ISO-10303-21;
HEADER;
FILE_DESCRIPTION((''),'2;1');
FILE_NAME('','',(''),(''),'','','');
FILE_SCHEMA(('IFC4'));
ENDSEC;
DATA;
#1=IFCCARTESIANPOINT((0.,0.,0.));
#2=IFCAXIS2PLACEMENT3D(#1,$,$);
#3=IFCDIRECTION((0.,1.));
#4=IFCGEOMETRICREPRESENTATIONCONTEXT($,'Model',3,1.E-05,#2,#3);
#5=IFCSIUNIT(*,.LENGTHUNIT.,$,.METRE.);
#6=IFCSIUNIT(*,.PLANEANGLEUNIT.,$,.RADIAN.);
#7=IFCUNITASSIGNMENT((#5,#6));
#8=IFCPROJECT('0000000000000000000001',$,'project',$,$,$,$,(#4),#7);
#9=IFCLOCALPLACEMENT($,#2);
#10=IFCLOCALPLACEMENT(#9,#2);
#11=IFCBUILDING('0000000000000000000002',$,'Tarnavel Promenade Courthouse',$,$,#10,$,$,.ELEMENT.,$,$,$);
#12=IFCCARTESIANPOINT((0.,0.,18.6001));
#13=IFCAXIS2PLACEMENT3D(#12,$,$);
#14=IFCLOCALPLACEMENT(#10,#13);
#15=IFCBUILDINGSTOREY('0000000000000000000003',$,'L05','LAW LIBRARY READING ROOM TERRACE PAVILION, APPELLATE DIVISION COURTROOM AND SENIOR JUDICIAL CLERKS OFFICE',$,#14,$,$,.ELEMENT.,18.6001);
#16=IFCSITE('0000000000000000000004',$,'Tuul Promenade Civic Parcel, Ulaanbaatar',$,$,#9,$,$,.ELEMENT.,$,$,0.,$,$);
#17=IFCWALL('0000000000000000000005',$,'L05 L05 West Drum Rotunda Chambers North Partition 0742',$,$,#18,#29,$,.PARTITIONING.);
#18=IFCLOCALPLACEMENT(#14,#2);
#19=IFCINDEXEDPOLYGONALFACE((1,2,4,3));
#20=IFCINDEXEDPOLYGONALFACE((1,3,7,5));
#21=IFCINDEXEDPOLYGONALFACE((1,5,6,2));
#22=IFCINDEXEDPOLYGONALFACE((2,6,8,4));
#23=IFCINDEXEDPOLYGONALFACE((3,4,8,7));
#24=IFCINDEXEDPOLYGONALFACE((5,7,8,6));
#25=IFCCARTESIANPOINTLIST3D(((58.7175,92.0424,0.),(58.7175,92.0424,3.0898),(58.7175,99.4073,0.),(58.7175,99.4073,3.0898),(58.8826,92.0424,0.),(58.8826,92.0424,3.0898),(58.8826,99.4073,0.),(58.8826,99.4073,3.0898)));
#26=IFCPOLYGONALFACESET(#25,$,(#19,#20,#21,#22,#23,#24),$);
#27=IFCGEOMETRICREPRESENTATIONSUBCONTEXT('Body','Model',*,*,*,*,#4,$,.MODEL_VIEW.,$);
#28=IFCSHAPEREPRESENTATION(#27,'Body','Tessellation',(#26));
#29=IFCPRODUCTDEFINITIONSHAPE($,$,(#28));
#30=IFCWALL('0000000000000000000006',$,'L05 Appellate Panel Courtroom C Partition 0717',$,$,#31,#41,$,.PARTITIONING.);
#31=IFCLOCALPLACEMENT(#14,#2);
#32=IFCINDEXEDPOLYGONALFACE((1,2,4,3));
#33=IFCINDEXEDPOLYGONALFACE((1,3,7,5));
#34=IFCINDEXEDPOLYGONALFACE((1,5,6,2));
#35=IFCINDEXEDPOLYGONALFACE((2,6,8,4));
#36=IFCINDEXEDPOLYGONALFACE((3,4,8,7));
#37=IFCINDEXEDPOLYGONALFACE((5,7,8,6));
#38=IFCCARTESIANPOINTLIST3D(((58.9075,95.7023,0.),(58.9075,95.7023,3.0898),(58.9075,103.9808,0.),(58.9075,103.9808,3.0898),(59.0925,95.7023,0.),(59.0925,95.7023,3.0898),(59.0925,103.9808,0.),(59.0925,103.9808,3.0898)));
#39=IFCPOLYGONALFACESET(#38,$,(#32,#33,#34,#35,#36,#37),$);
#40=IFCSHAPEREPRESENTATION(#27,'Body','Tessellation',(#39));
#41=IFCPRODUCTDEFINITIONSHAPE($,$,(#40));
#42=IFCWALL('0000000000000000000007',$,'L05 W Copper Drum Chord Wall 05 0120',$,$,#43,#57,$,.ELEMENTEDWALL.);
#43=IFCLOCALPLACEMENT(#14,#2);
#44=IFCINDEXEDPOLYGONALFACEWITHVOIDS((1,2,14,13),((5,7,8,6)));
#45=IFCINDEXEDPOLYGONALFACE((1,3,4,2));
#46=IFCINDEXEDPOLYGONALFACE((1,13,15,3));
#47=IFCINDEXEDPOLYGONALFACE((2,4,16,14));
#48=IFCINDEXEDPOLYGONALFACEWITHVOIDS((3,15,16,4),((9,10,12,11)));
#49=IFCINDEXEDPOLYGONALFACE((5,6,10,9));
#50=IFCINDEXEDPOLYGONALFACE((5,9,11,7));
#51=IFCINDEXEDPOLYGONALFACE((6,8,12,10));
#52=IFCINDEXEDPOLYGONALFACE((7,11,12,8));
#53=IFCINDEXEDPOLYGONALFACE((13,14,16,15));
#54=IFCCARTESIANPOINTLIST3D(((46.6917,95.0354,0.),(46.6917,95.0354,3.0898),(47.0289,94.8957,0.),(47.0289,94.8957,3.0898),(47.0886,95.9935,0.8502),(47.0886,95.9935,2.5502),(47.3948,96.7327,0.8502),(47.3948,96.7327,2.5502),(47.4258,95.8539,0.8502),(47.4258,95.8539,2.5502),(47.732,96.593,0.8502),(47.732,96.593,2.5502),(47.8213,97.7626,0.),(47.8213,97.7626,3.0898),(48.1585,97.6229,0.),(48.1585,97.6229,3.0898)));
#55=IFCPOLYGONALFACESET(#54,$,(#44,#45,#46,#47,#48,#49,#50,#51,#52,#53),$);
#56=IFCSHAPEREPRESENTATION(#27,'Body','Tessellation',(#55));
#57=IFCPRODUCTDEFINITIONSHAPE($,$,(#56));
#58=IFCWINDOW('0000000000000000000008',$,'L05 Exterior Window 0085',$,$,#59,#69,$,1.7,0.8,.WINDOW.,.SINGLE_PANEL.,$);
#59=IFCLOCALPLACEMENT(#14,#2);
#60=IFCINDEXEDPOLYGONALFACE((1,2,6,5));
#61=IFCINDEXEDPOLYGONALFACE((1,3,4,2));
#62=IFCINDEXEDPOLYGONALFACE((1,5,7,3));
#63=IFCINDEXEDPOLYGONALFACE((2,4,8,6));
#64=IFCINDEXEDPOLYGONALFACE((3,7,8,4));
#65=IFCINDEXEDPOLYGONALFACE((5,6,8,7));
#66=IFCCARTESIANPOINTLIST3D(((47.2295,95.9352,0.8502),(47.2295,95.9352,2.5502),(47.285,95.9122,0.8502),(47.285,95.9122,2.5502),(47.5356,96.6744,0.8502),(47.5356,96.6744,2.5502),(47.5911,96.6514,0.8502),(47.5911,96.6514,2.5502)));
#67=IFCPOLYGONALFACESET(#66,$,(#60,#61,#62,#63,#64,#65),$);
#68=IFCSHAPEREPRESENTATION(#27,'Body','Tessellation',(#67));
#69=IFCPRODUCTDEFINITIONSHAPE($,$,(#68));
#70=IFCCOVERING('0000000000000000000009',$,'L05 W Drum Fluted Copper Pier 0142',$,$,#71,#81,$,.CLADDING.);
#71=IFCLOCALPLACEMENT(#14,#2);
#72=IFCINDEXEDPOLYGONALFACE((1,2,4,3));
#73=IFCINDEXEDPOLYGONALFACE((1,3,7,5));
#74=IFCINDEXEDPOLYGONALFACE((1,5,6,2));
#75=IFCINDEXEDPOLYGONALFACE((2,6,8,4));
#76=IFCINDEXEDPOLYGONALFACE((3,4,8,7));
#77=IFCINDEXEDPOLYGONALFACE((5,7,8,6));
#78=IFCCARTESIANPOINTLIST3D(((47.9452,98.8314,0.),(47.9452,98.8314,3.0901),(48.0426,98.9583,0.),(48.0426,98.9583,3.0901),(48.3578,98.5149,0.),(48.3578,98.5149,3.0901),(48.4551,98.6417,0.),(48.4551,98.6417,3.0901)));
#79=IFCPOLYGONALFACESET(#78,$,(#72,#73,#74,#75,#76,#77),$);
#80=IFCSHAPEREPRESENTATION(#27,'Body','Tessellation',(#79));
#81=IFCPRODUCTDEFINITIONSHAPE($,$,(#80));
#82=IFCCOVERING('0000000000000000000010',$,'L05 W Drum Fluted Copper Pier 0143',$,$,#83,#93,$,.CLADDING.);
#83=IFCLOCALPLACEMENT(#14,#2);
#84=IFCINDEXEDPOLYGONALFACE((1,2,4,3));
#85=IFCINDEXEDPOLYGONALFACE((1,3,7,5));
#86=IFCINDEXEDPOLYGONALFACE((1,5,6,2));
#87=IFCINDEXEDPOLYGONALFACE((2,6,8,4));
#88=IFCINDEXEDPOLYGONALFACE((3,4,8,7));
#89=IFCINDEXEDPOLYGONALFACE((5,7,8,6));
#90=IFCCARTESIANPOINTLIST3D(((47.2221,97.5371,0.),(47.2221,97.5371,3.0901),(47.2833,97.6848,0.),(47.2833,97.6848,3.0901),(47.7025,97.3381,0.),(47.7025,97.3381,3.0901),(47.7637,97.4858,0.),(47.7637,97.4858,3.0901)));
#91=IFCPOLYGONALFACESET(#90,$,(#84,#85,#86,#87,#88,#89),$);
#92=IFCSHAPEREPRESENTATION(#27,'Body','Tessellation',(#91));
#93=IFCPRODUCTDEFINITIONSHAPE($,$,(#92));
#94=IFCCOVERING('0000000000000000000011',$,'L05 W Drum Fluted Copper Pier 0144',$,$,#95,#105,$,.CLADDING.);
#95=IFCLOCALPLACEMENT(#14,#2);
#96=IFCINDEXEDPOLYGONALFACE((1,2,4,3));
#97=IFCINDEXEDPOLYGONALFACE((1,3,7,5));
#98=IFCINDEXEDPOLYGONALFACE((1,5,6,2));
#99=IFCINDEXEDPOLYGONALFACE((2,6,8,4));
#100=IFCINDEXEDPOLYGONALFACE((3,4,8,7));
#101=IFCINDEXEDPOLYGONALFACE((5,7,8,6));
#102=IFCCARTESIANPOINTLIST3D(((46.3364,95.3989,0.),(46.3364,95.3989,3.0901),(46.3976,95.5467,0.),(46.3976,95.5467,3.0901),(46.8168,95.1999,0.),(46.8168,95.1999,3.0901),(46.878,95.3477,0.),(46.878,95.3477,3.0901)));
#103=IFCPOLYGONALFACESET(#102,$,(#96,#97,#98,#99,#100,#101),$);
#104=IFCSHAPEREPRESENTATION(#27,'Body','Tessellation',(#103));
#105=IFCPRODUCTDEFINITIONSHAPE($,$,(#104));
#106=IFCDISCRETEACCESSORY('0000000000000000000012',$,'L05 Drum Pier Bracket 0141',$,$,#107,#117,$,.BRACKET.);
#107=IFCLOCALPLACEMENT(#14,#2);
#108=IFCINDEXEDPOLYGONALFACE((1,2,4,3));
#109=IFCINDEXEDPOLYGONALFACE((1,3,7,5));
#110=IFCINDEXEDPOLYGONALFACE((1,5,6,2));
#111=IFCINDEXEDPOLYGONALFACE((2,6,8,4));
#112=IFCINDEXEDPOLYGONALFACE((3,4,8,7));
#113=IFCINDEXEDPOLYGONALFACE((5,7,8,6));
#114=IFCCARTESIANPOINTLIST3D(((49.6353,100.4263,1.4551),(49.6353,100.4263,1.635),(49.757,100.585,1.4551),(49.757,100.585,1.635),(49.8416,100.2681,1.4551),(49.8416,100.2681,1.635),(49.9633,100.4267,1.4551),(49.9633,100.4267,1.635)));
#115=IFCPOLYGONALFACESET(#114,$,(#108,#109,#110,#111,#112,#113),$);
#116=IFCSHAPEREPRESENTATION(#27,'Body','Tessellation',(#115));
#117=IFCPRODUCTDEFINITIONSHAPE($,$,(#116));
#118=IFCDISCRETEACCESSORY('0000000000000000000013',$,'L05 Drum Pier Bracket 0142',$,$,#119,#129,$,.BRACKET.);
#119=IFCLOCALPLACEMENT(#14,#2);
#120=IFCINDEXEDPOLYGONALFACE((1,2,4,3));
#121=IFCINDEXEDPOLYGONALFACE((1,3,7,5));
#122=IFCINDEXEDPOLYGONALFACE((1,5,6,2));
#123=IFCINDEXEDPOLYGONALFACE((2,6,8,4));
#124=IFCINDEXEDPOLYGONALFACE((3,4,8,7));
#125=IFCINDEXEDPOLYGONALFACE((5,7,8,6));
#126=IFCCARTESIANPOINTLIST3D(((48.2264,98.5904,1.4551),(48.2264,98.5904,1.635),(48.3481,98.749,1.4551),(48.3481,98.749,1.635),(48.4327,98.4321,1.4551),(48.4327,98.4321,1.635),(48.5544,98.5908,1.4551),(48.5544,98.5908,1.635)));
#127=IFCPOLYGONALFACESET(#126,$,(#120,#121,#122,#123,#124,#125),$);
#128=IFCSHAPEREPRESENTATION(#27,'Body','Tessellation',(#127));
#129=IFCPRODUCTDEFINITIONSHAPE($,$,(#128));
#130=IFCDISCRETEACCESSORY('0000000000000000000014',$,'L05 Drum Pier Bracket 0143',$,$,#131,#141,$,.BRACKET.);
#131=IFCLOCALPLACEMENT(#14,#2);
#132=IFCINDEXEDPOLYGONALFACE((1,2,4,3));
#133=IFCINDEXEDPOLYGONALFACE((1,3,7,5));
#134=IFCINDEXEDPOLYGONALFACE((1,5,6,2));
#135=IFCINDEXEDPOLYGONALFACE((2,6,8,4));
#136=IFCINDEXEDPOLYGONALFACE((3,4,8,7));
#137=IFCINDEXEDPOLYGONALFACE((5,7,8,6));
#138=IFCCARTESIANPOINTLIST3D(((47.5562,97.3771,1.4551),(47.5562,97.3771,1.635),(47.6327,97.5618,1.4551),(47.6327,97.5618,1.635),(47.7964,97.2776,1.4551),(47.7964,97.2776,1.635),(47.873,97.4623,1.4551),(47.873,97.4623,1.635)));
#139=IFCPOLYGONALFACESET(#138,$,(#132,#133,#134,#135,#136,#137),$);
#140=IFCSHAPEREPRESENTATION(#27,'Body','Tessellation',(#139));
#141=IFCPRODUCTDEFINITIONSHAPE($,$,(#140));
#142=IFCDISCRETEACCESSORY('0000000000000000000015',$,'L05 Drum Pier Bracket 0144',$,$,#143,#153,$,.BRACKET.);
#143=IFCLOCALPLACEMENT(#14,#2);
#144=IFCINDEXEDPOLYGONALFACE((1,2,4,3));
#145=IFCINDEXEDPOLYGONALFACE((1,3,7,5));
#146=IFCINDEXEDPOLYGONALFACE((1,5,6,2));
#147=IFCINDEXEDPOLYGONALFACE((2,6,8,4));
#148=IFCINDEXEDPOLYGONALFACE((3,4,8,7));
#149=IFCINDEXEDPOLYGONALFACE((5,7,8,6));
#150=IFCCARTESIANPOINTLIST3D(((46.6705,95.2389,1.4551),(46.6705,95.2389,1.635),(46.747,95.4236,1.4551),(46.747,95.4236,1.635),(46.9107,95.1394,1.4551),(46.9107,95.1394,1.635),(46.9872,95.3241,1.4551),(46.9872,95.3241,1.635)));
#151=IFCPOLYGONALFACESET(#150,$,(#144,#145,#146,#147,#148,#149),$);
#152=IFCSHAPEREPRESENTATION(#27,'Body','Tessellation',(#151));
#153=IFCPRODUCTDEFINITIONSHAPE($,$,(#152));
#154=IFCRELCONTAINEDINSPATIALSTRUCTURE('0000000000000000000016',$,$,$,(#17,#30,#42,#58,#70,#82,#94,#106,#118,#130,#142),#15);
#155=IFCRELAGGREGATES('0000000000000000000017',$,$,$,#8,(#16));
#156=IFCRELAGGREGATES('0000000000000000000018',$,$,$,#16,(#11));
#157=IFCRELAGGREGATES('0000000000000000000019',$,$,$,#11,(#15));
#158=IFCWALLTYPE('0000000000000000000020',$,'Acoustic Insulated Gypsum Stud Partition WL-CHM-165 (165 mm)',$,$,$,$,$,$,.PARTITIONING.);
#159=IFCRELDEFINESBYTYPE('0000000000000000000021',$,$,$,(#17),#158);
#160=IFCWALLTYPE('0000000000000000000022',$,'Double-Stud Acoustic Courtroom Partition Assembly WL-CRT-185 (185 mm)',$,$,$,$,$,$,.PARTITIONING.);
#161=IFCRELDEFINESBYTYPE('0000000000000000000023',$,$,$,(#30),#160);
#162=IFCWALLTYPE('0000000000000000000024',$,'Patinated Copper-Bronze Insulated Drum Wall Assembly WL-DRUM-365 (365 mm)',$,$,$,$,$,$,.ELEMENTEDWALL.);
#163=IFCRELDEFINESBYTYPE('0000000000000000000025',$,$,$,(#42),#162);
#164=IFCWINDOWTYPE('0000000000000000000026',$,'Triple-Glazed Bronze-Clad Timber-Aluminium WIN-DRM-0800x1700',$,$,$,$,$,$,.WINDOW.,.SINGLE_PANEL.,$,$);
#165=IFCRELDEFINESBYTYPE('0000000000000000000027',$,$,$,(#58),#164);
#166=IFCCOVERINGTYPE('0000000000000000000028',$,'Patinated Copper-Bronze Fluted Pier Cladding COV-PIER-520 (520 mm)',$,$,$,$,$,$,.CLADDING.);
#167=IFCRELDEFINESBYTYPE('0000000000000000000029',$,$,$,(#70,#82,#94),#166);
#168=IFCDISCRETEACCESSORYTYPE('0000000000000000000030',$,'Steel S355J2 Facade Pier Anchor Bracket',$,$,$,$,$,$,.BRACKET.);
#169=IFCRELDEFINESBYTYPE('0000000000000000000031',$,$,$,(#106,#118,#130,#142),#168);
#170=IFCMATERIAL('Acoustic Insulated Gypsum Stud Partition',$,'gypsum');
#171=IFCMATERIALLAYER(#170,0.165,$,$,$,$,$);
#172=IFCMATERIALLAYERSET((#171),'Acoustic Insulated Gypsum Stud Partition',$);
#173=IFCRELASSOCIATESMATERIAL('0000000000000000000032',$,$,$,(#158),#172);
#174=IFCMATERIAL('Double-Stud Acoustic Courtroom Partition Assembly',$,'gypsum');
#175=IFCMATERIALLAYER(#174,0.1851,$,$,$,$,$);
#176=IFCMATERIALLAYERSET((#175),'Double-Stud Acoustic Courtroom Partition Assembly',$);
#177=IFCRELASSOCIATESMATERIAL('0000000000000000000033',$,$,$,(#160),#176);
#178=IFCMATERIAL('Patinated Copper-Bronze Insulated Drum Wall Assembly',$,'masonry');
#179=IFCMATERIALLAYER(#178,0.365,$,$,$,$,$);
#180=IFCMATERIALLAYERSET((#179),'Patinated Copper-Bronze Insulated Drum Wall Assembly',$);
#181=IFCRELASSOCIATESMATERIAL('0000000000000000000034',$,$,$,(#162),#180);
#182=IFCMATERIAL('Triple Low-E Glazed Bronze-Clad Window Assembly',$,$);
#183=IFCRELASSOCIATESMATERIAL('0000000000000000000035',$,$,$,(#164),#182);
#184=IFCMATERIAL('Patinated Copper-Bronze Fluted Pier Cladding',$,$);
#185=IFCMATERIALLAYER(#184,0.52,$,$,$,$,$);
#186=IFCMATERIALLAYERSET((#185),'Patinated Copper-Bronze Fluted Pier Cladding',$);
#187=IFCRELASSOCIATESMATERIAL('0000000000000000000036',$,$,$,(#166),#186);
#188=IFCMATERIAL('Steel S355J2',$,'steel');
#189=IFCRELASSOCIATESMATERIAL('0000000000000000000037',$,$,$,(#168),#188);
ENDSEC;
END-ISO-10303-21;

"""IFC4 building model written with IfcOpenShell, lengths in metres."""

from ifc_helpers import new_model, si_unit, direction, frame, frame_2d, origin, origin_2d, place, context, subcontext, project, spatial, rectangle, extrude, material, layer, layer_set, type_object, element, fill, save


model = new_model("IFC4")

# Units and contexts
model_context = context("Model", 3, precision=1e-05, world=origin(), true_north=direction((0.0, 1.0)))
body_context = subcontext(model_context, "Body", "Model", "MODEL_VIEW")
ifc_project = project(units=[si_unit("LENGTHUNIT", "METRE"), si_unit("PLANEANGLEUNIT", "RADIAN")], contexts=[model_context])

# Site, building, storey
site_placement = place(None, origin())
site = spatial("IfcSite", under=ifc_project, at=site_placement, Name="Tuul Promenade Civic Parcel, Ulaanbaatar", CompositionType="ELEMENT", RefElevation=0.0)
building_placement = place(site_placement, origin())
building = spatial("IfcBuilding", under=site, at=building_placement, Name="Tarnavel Promenade Courthouse", CompositionType="ELEMENT")
storey_placement = place(building_placement, frame((0.0, 0.0, 18.6001)))
storey = spatial("IfcBuildingStorey", under=building, at=storey_placement, Name="L05", Description="LAW LIBRARY READING ROOM TERRACE PAVILION, APPELLATE DIVISION COURTROOM AND SENIOR JUDICIAL CLERKS OFFICE", CompositionType="ELEMENT", Elevation=18.6001)

# Shared definitions
ifc_material_1 = material(Name="Steel S355J2", Category="steel")

# Shared definitions
ifc_material_2 = material(Name="Acoustic Insulated Gypsum Stud Partition", Category="gypsum")
ifc_layer_1 = layer(ifc_material_2, 0.165)
ifc_layer_set_1 = layer_set([ifc_layer_1], Name="Acoustic Insulated Gypsum Stud Partition")
wall_type_1 = type_object("IfcWallType", Name="Acoustic Insulated Gypsum Stud Partition WL-CHM-165 (165 mm)", PredefinedType="PARTITIONING", material=ifc_layer_set_1)

# Walls
wall_1_placement = place(storey_placement, frame((58.8, 99.4075, 0.0), z_axis=(0.0, 0.0, 1.0), x_axis=(0.0, -1.0, 0.0)))
element("IfcWall", 1, at=wall_1_placement, inside=storey, type_object=wall_type_1, Name="L05 L05 West Drum Rotunda Chambers North Partition 0742", PredefinedType="PARTITIONING", context=body_context, shape_type="SweptSolid", body=[
    extrude(rectangle(XDim=7.365, YDim=0.165, at=frame_2d((3.6826, 0.0))), origin(), (0.0, 0.0, 1.0), 3.0898),
])
ifc_material_3 = material(Name="Double-Stud Acoustic Courtroom Partition Assembly", Category="gypsum")
ifc_layer_2 = layer(ifc_material_3, 0.1851)
ifc_layer_set_2 = layer_set([ifc_layer_2], Name="Double-Stud Acoustic Courtroom Partition Assembly")
wall_type_2 = type_object("IfcWallType", Name="Double-Stud Acoustic Courtroom Partition Assembly WL-CRT-185 (185 mm)", PredefinedType="PARTITIONING", material=ifc_layer_set_2)
wall_2_placement = place(storey_placement, frame((59.0, 95.7024, 0.0), z_axis=(0.0, 0.0, 1.0), x_axis=(0.0, 1.0, 0.0)))
element("IfcWall", 2, at=wall_2_placement, inside=storey, type_object=wall_type_2, Name="L05 Appellate Panel Courtroom C Partition 0717", PredefinedType="PARTITIONING", context=body_context, shape_type="SweptSolid", body=[
    extrude(rectangle(XDim=8.2786, YDim=0.1851, at=frame_2d((4.1392, 0.0))), origin(), (0.0, 0.0, 1.0), 3.0898),
])

# Wall, opening, window
ifc_material_4 = material(Name="Patinated Copper-Bronze Insulated Drum Wall Assembly", Category="masonry")
ifc_layer_3 = layer(ifc_material_4, 0.365)
ifc_layer_set_3 = layer_set([ifc_layer_3], Name="Patinated Copper-Bronze Insulated Drum Wall Assembly")
wall_type_3 = type_object("IfcWallType", Name="Patinated Copper-Bronze Insulated Drum Wall Assembly WL-DRUM-365 (365 mm)", PredefinedType="ELEMENTEDWALL", material=ifc_layer_set_3)
wall_3_placement = place(storey_placement, frame((47.99, 97.6929, 0.0), z_axis=(0.0, 0.0, 1.0), x_axis=(-0.382671, -0.923885, 0.0)))
wall_3 = element("IfcWall", 3, at=wall_3_placement, inside=storey, type_object=wall_type_3, Name="L05 W Copper Drum Chord Wall 05 0120", PredefinedType="ELEMENTEDWALL", context=body_context, shape_type="SweptSolid", body=[
    extrude(rectangle(XDim=2.9519, YDim=0.365, at=frame_2d((1.4761, 0.0))), origin(), (0.0, 0.0, 1.0), 3.0898),
])
opening_1_placement = place(wall_3_placement, frame((1.115, 0.0, 0.8501)))
opening_1 = element("IfcOpeningElement", 4, at=opening_1_placement, cuts=wall_3, PredefinedType="OPENING", context=body_context, shape_type="SweptSolid", body=[
    extrude(rectangle(XDim=0.8, YDim=1.7, at=frame_2d((0.3999, 0.8501))), frame((0.0, 0.1924, 0.0), z_axis=(0.0, -1.0, 0.0), x_axis=(1.0, 0.0, 0.0)), (0.0, 0.0, 1.0), 0.385),
])
ifc_material_5 = material(Name="Triple Low-E Glazed Bronze-Clad Window Assembly")
window_type = type_object("IfcWindowType", Name="Triple-Glazed Bronze-Clad Timber-Aluminium WIN-DRM-0800x1700", PartitioningType="SINGLE_PANEL", PredefinedType="WINDOW", material=ifc_material_5)
window_placement = place(opening_1_placement, origin())
window = element("IfcWindow", 5, at=window_placement, inside=storey, type_object=window_type, Name="L05 Exterior Window 0085", OverallHeight=1.7, OverallWidth=0.8, PartitioningType="SINGLE_PANEL", PredefinedType="WINDOW", context=body_context, shape_type="SweptSolid", body=[
    extrude(rectangle(XDim=0.8, YDim=1.7, at=frame_2d((0.3999, 0.8501))), frame((0.0, 0.03, 0.0), z_axis=(0.0, -1.0, 0.0), x_axis=(1.0, 0.0, 0.0)), (0.0, 0.0, 1.0), 0.0601),
])
fill(opening_1, window)

# Coverings
ifc_material_6 = material(Name="Patinated Copper-Bronze Fluted Pier Cladding")
ifc_layer_4 = layer(ifc_material_6, 0.52)
ifc_layer_set_4 = layer_set([ifc_layer_4], Name="Patinated Copper-Bronze Fluted Pier Cladding")
covering_type = type_object("IfcCoveringType", Name="Patinated Copper-Bronze Fluted Pier Cladding COV-PIER-520 (520 mm)", PredefinedType="CLADDING", material=ifc_layer_set_4)
for number, where, z_axis, x_axis, name in (
    (6, (48.2002, 98.7366, 0.0), (0.0, 0.0, 1.0), (-0.608761, -0.793353, 0.0), "L05 W Drum Fluted Copper Pier 0142"),
    (7, (47.4929, 97.5115, 0.0), (0.0, 0.0, 1.0), (-0.382683, -0.92388, 0.0), "L05 W Drum Fluted Copper Pier 0143"),
    (8, (46.6072, 95.3733, 0.0), (0.0, 0.0, 1.0), (-0.382683, -0.92388, 0.0), "L05 W Drum Fluted Copper Pier 0144"),
):
    element("IfcCovering", number, at=place(storey_placement, frame(where, z_axis=z_axis, x_axis=x_axis)), inside=storey, type_object=covering_type, Name=name, PredefinedType="CLADDING", context=body_context, shape_type="SweptSolid", body=[
        extrude(rectangle(XDim=0.1599, YDim=0.52, at=origin_2d()), origin(), (0.0, 0.0, 1.0), 3.0901),
    ])

# Discrete accessories
discrete_accessory_type = type_object("IfcDiscreteAccessoryType", Name="Steel S355J2 Facade Pier Anchor Bracket", PredefinedType="BRACKET", material=ifc_material_1)
for number, where, z_axis, x_axis, name in (
    (9, (49.7993, 100.4265, 1.4551), (0.0, 0.0, 1.0), (-0.608761, -0.793353, 0.0), "L05 Drum Pier Bracket 0141"),
    (10, (48.3904, 98.5906, 1.4551), (0.0, 0.0, 1.0), (-0.608761, -0.793353, 0.0), "L05 Drum Pier Bracket 0142"),
    (11, (47.7146, 97.4197, 1.4551), (0.0, 0.0, 1.0), (-0.382683, -0.92388, 0.0), "L05 Drum Pier Bracket 0143"),
    (12, (46.8289, 95.2815, 1.4551), (0.0, 0.0, 1.0), (-0.382683, -0.92388, 0.0), "L05 Drum Pier Bracket 0144"),
):
    element("IfcDiscreteAccessory", number, at=place(storey_placement, frame(where, z_axis=z_axis, x_axis=x_axis)), inside=storey, type_object=discrete_accessory_type, Name=name, PredefinedType="BRACKET", context=body_context, shape_type="SweptSolid", body=[
        extrude(rectangle(XDim=0.2, YDim=0.26, at=origin_2d()), origin(), (0.0, 0.0, 1.0), 0.1799),
    ])

save(model, "model.ifc")
